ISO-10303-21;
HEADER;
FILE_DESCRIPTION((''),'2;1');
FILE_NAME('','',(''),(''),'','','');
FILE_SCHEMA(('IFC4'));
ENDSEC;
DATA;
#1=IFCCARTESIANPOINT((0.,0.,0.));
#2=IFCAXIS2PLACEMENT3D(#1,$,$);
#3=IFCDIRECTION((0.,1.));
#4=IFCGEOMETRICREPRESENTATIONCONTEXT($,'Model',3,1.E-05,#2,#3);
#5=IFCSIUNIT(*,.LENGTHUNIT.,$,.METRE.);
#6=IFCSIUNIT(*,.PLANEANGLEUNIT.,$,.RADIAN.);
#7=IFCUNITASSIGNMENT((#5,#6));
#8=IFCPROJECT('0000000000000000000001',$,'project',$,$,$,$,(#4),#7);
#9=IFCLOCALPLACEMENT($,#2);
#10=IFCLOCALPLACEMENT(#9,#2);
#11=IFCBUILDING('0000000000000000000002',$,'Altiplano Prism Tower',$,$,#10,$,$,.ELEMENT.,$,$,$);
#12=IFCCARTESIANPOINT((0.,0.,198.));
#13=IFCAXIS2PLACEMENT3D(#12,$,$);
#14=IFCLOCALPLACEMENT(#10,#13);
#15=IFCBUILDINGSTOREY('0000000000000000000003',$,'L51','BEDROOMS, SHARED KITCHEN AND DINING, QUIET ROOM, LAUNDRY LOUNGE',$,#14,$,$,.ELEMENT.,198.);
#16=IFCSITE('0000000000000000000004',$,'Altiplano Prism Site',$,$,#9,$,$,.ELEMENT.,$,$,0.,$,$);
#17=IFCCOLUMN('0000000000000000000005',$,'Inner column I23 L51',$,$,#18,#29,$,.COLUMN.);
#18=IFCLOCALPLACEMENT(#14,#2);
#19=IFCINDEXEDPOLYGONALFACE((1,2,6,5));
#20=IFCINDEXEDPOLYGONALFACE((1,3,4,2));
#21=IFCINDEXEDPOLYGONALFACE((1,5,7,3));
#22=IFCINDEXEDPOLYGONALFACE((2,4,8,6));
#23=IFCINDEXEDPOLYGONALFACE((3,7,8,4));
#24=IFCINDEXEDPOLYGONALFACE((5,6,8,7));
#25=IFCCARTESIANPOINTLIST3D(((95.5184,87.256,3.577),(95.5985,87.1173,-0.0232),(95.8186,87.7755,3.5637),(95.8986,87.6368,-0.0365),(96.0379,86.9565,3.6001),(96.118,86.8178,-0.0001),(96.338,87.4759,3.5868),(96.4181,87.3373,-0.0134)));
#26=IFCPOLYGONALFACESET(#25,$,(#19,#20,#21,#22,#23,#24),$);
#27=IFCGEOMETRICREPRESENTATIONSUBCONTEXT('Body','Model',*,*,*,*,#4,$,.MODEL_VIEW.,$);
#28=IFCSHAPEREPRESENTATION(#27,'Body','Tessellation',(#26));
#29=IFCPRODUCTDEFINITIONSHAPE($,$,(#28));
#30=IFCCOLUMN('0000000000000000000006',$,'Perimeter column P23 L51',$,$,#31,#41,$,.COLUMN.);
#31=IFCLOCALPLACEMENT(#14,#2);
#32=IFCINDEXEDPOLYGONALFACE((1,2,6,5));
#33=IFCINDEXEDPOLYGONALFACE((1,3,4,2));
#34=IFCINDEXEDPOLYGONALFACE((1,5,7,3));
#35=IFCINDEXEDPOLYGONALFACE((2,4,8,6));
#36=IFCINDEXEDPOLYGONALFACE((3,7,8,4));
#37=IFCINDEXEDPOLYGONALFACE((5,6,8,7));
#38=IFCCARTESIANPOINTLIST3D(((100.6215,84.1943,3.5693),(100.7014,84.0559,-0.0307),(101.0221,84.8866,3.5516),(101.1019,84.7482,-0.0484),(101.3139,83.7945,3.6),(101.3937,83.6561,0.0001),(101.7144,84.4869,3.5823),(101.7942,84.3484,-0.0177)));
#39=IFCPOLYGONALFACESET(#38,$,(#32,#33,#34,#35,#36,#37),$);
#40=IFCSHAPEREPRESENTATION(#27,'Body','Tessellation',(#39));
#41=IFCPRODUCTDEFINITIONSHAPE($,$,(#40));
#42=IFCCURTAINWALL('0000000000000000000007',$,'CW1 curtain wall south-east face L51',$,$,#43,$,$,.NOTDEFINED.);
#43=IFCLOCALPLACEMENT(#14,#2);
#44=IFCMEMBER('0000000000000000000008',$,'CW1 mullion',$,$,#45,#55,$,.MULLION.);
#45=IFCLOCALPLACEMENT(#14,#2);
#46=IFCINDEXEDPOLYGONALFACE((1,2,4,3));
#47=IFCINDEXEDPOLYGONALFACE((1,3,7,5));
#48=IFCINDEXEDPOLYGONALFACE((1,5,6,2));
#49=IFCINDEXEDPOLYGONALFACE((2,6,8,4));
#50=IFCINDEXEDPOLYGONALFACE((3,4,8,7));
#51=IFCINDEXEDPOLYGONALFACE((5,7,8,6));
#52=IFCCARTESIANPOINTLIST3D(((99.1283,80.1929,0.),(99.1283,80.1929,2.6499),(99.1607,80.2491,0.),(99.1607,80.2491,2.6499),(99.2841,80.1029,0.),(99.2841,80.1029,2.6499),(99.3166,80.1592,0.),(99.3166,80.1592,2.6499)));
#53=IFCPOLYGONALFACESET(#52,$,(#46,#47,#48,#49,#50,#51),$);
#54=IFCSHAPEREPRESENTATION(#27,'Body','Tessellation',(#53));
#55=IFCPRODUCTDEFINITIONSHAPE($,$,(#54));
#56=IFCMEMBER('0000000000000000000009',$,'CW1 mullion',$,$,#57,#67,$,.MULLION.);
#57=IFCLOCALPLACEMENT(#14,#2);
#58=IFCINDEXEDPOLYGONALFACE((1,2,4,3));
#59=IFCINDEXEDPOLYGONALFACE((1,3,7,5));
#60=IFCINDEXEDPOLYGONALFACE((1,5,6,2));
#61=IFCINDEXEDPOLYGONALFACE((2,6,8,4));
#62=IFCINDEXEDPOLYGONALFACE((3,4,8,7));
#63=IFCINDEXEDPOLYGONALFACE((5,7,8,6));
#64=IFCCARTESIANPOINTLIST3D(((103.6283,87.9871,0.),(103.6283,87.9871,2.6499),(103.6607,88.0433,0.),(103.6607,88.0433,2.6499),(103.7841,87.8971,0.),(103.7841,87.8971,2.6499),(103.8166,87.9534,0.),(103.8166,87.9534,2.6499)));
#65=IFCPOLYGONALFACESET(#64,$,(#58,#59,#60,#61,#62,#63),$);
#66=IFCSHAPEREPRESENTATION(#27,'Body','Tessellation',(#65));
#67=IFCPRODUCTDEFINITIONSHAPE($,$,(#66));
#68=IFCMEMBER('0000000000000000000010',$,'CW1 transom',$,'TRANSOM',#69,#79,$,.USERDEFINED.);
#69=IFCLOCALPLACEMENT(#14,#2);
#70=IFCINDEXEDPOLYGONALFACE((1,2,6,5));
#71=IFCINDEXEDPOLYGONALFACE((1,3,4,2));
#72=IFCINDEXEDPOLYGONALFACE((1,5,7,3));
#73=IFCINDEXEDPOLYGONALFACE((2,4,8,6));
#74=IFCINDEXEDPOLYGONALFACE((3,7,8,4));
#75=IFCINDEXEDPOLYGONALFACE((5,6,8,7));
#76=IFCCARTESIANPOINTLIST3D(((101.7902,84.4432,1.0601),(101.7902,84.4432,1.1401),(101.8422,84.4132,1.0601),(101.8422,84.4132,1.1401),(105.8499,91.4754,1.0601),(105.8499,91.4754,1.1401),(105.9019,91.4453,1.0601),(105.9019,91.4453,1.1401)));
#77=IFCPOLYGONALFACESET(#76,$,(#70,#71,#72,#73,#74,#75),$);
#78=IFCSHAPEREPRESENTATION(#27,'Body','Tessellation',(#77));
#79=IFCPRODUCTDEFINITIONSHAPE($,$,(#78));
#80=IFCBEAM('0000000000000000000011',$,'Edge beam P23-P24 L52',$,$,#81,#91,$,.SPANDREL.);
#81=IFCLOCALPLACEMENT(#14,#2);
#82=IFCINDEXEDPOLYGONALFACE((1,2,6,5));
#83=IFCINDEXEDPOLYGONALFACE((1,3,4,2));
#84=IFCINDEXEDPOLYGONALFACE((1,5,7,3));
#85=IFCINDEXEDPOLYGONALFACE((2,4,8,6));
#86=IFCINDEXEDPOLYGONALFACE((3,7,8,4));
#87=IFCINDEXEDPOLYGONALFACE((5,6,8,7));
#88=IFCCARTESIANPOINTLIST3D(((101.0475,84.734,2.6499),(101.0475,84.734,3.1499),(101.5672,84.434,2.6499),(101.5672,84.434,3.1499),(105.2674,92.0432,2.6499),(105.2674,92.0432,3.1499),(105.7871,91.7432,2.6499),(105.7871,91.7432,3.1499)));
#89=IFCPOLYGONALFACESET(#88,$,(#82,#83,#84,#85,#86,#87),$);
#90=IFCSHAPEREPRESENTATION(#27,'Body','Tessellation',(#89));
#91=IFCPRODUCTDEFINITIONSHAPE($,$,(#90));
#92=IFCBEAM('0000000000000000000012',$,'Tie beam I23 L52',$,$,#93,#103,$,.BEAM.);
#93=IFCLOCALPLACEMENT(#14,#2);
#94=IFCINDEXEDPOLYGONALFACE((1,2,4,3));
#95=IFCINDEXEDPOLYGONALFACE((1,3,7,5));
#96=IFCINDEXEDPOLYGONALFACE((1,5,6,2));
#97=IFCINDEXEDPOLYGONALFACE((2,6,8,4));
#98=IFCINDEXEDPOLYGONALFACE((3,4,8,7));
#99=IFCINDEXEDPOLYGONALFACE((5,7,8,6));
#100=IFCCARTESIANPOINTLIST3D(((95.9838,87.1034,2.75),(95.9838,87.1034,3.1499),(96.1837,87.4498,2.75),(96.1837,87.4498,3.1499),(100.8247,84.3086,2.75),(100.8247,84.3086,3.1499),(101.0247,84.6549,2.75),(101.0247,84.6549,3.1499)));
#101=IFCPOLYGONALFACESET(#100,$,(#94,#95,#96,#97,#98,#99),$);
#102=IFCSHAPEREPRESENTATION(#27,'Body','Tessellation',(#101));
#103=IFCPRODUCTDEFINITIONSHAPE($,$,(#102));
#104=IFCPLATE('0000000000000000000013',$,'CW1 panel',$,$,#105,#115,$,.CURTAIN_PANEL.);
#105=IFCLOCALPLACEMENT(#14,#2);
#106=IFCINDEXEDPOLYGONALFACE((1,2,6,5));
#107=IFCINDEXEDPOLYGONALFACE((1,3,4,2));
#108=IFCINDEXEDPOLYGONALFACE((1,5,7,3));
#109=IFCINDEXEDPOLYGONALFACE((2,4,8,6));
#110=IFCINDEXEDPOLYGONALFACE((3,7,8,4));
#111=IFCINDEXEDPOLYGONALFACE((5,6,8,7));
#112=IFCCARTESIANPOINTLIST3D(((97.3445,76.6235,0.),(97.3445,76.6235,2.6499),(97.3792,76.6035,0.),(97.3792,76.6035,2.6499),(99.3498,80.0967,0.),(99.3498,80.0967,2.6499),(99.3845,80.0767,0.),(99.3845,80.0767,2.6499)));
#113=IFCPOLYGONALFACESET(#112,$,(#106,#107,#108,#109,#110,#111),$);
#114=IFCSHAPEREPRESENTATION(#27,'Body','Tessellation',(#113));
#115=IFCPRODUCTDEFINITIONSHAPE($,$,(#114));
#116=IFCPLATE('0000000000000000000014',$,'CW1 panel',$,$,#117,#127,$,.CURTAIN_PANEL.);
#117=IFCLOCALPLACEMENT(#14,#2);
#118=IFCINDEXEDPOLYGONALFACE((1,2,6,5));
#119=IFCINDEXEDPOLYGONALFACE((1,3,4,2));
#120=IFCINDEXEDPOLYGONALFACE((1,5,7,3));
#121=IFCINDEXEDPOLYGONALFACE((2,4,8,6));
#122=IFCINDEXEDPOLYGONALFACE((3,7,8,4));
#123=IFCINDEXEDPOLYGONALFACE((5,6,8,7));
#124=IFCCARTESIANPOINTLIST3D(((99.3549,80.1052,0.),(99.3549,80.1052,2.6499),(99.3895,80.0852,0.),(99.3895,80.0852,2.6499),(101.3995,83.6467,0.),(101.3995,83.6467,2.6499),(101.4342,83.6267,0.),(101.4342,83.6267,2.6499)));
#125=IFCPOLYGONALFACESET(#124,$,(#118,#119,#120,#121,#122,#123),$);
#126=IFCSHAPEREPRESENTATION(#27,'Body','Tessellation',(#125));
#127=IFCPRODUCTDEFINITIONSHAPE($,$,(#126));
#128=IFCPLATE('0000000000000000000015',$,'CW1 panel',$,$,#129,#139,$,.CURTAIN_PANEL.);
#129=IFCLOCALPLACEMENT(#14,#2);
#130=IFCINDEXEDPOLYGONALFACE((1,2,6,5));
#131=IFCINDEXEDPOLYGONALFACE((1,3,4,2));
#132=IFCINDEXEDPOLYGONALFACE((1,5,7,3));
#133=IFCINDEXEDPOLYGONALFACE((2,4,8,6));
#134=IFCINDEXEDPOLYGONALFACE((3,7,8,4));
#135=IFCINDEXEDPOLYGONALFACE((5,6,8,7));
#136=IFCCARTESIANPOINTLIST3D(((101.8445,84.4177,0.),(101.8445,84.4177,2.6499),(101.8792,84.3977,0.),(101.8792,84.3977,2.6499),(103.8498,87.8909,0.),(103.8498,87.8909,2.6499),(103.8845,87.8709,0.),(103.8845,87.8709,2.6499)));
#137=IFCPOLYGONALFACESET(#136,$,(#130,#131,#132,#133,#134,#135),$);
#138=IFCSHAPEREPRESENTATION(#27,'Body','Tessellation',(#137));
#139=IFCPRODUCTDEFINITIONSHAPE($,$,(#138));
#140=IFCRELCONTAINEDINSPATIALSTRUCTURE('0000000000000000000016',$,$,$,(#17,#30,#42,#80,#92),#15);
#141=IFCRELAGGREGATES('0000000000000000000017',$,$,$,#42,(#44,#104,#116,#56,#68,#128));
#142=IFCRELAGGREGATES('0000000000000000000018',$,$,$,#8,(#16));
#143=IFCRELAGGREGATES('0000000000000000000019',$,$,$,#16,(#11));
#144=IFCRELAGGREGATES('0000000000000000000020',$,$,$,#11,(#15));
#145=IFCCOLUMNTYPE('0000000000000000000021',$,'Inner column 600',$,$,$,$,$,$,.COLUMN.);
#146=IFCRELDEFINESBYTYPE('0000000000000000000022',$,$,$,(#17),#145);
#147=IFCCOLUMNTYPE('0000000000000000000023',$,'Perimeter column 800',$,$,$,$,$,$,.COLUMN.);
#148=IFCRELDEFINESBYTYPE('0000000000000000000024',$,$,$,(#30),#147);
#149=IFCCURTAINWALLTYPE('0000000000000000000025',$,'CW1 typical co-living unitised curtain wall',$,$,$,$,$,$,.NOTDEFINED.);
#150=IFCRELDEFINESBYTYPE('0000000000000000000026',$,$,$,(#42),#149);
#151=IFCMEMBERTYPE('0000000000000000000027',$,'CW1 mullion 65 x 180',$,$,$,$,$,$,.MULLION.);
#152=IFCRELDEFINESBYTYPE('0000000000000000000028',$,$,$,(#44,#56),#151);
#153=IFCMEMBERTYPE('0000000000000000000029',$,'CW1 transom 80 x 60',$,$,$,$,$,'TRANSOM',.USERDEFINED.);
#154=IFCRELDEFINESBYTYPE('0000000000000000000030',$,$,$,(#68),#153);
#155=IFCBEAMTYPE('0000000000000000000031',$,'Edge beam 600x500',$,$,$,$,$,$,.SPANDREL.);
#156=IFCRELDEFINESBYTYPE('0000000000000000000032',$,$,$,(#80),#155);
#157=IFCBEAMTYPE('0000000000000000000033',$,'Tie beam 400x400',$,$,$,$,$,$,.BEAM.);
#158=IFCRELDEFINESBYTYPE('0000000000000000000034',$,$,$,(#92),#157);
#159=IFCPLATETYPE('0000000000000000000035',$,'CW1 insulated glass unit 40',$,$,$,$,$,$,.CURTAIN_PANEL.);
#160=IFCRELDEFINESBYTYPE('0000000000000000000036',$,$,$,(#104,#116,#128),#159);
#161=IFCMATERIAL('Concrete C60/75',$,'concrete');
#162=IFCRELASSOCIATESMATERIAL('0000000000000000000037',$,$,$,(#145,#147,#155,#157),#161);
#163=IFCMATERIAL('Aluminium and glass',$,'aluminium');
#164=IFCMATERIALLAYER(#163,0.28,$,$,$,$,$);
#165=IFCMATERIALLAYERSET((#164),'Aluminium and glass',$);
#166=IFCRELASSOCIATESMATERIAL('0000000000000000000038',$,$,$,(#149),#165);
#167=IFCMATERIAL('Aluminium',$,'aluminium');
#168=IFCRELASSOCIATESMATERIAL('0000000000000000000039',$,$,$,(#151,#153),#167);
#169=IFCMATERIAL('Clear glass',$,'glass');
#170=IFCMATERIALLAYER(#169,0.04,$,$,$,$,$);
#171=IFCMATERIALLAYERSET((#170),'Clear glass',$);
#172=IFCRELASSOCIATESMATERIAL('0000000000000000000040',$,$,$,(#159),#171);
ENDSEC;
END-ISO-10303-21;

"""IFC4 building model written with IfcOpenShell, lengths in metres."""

from ifc_helpers import new_model, si_unit, direction, frame, origin, origin_2d, place, context, subcontext, project, spatial, rectangle, extrude, material, layer, layer_set, material_profile, profile_set, type_object, element, aggregate, save


model = new_model("IFC4")

# Units and contexts
model_context = context("Model", 3, precision=1e-05, world=origin(), true_north=direction((0.0, 1.0)))
body_context = subcontext(model_context, "Body", "Model", "MODEL_VIEW")
ifc_project = project(units=[si_unit("LENGTHUNIT", "METRE"), si_unit("PLANEANGLEUNIT", "RADIAN")], contexts=[model_context])

# Site, building, storey
site_placement = place(None, origin())
site = spatial("IfcSite", under=ifc_project, at=site_placement, Name="Altiplano Prism Site", CompositionType="ELEMENT", RefElevation=0.0)
building_placement = place(site_placement, origin())
building = spatial("IfcBuilding", under=site, at=building_placement, Name="Altiplano Prism Tower", CompositionType="ELEMENT")
storey_placement = place(building_placement, frame((0.0, 0.0, 198.0)))
storey = spatial("IfcBuildingStorey", under=building, at=storey_placement, Name="L51", Description="BEDROOMS, SHARED KITCHEN AND DINING, QUIET ROOM, LAUNDRY LOUNGE", CompositionType="ELEMENT", Elevation=198.0)

# Columns
ifc_material_1 = material(Name="Concrete C60/75", Category="concrete")
ifc_material_profile_1 = material_profile(ifc_material_1, rectangle(XDim=0.6001, YDim=0.6001, at=origin_2d()), Name="Inner column 600")
ifc_profile_set_1 = profile_set([ifc_material_profile_1], Name="Concrete C60/75")
column_type_1 = type_object("IfcColumnType", Name="Inner column 600", PredefinedType="COLUMN", material=ifc_profile_set_1)
column_1_placement = place(storey_placement, frame((96.0083, 87.2273, -0.0183), z_axis=(-0.022221, 0.038481, 0.999012), x_axis=(-0.50017, -0.865642, 0.022218)))
element("IfcColumn", 1, at=column_1_placement, inside=storey, type_object=column_type_1, Name="Inner column I23 L51", PredefinedType="COLUMN", context=body_context, shape_type="SweptSolid", body=[
    extrude(rectangle(XDim=0.6001, YDim=0.6001, at=origin_2d()), origin(), (0.0, 0.0, 1.0), 3.6038),
])
ifc_material_profile_2 = material_profile(ifc_material_1, rectangle(XDim=0.8, YDim=0.8, at=origin_2d()), Name="Perimeter column 800")
ifc_profile_set_2 = profile_set([ifc_material_profile_2], Name="Concrete C60/75")
column_type_2 = type_object("IfcColumnType", Name="Perimeter column 800", PredefinedType="COLUMN", material=ifc_profile_set_2)
column_2_placement = place(storey_placement, frame((101.2478, 84.2021, -0.0242), z_axis=(-0.022155, 0.038416, 0.999016), x_axis=(-0.500653, -0.865364, 0.022173)))
element("IfcColumn", 2, at=column_2_placement, inside=storey, type_object=column_type_2, Name="Perimeter column P23 L51", PredefinedType="COLUMN", context=body_context, shape_type="SweptSolid", body=[
    extrude(rectangle(XDim=0.8, YDim=0.8, at=origin_2d()), origin(), (0.0, 0.0, 1.0), 3.6035),
])

# Curtain wall, members
ifc_material_2 = material(Name="Aluminium and glass", Category="aluminium")
ifc_layer_1 = layer(ifc_material_2, 0.28)
ifc_layer_set_1 = layer_set([ifc_layer_1], Name="Aluminium and glass")
curtain_wall_type = type_object("IfcCurtainWallType", Name="CW1 typical co-living unitised curtain wall", PredefinedType="NOTDEFINED", material=ifc_layer_set_1)
curtain_wall_placement = place(storey_placement, origin())
curtain_wall = element("IfcCurtainWall", 3, at=curtain_wall_placement, inside=storey, type_object=curtain_wall_type, Name="CW1 curtain wall south-east face L51", PredefinedType="NOTDEFINED")
ifc_material_3 = material(Name="Aluminium", Category="aluminium")
ifc_material_profile_3 = material_profile(ifc_material_3, rectangle(XDim=0.1799, YDim=0.0649, at=origin_2d()), Name="CW1 mullion 65 x 180")
ifc_profile_set_3 = profile_set([ifc_material_profile_3], Name="Aluminium")
member_type_1 = type_object("IfcMemberType", Name="CW1 mullion 65 x 180", PredefinedType="MULLION", material=ifc_profile_set_3)
member_1_placement = place(storey_placement, frame((99.2224, 80.176, 0.0), z_axis=(0.0, 0.0, 1.0), x_axis=(-0.866025, 0.5, 0.0)))
member_1 = element("IfcMember", 4, at=member_1_placement, type_object=member_type_1, Name="CW1 mullion", PredefinedType="MULLION", context=body_context, shape_type="SweptSolid", body=[
    extrude(rectangle(XDim=0.1799, YDim=0.0649, at=origin_2d()), origin(), (0.0, 0.0, 1.0), 2.6499),
])
member_2_placement = place(storey_placement, frame((103.7224, 87.9702, 0.0), z_axis=(0.0, 0.0, 1.0), x_axis=(-0.866025, 0.5, 0.0)))
member_2 = element("IfcMember", 5, at=member_2_placement, type_object=member_type_1, Name="CW1 mullion", PredefinedType="MULLION", context=body_context, shape_type="SweptSolid", body=[
    extrude(rectangle(XDim=0.1799, YDim=0.0649, at=origin_2d()), origin(), (0.0, 0.0, 1.0), 2.6499),
])
ifc_material_profile_4 = material_profile(ifc_material_3, rectangle(XDim=0.0601, YDim=0.0801, at=origin_2d()), Name="CW1 transom 80 x 60")
ifc_profile_set_4 = profile_set([ifc_material_profile_4], Name="Aluminium")
member_type_2 = type_object("IfcMemberType", Name="CW1 transom 80 x 60", ElementType="TRANSOM", PredefinedType="USERDEFINED", material=ifc_profile_set_4)
member_3_placement = place(storey_placement, frame((101.8162, 84.4282, 1.1001), z_axis=(0.499978, 0.866038, 0.0), x_axis=(-0.866038, 0.499978, 0.0)))
member_3 = element("IfcMember", 6, at=member_3_placement, type_object=member_type_2, Name="CW1 transom", ObjectType="TRANSOM", PredefinedType="USERDEFINED", context=body_context, shape_type="SweptSolid", body=[
    extrude(rectangle(XDim=0.0601, YDim=0.0801, at=origin_2d()), origin(), (0.0, 0.0, 1.0), 8.1199),
])

# Beams
ifc_material_profile_5 = material_profile(ifc_material_1, rectangle(XDim=0.6001, YDim=0.5, at=origin_2d()), Name="Edge beam 600x500")
ifc_profile_set_5 = profile_set([ifc_material_profile_5], Name="Concrete C60/75")
beam_type_1 = type_object("IfcBeamType", Name="Edge beam 600x500", PredefinedType="SPANDREL", material=ifc_profile_set_5)
beam_1_placement = place(storey_placement, frame((101.3074, 84.584, 2.8999), z_axis=(0.499994, 0.866029, 0.0), x_axis=(-0.866029, 0.499994, 0.0)))
element("IfcBeam", 7, at=beam_1_placement, inside=storey, type_object=beam_type_1, Name="Edge beam P23-P24 L52", PredefinedType="SPANDREL", context=body_context, shape_type="SweptSolid", body=[
    extrude(rectangle(XDim=0.6001, YDim=0.5, at=origin_2d()), origin(), (0.0, 0.0, 1.0), 8.4399),
])
ifc_material_profile_6 = material_profile(ifc_material_1, rectangle(XDim=0.3999, YDim=0.3999, at=origin_2d()), Name="Tie beam 400x400")
ifc_profile_set_6 = profile_set([ifc_material_profile_6], Name="Concrete C60/75")
beam_type_2 = type_object("IfcBeamType", Name="Tie beam 400x400", PredefinedType="BEAM", material=ifc_profile_set_6)
beam_2_placement = place(storey_placement, frame((96.0837, 87.2766, 2.95), z_axis=(0.866031, -0.499991, 0.0), x_axis=(0.499991, 0.866031, 0.0)))
element("IfcBeam", 8, at=beam_2_placement, inside=storey, type_object=beam_type_2, Name="Tie beam I23 L52", PredefinedType="BEAM", context=body_context, shape_type="SweptSolid", body=[
    extrude(rectangle(XDim=0.3999, YDim=0.3999, at=origin_2d()), origin(), (0.0, 0.0, 1.0), 5.5898),
])

# Plates
ifc_material_4 = material(Name="Clear glass", Category="glass")
ifc_layer_2 = layer(ifc_material_4, 0.04)
ifc_layer_set_2 = layer_set([ifc_layer_2], Name="Clear glass")
plate_type = type_object("IfcPlateType", Name="CW1 insulated glass unit 40", PredefinedType="CURTAIN_PANEL", material=ifc_layer_set_2)
plate_1_placement = place(storey_placement, frame((98.3645, 78.3501, 0.0), z_axis=(0.0, 0.0, 1.0), x_axis=(0.5, 0.866025, 0.0)))
plate_1 = element("IfcPlate", 9, at=plate_1_placement, type_object=plate_type, Name="CW1 panel", PredefinedType="CURTAIN_PANEL", context=body_context, shape_type="SweptSolid", body=[
    extrude(rectangle(XDim=4.0105, YDim=0.04, at=origin_2d()), origin(), (0.0, 0.0, 1.0), 2.6499),
])
plate_2_placement = place(storey_placement, frame((100.3945, 81.866, 0.0), z_axis=(0.0, 0.0, 1.0), x_axis=(0.5, 0.866025, 0.0)))
plate_2 = element("IfcPlate", 10, at=plate_2_placement, type_object=plate_type, Name="CW1 panel", PredefinedType="CURTAIN_PANEL", context=body_context, shape_type="SweptSolid", body=[
    extrude(rectangle(XDim=4.0894, YDim=0.04, at=origin_2d()), origin(), (0.0, 0.0, 1.0), 2.6499),
])
plate_3_placement = place(storey_placement, frame((102.8645, 86.1443, 0.0), z_axis=(0.0, 0.0, 1.0), x_axis=(0.5, 0.866025, 0.0)))
plate_3 = element("IfcPlate", 11, at=plate_3_placement, type_object=plate_type, Name="CW1 panel", PredefinedType="CURTAIN_PANEL", context=body_context, shape_type="SweptSolid", body=[
    extrude(rectangle(XDim=4.0105, YDim=0.04, at=origin_2d()), origin(), (0.0, 0.0, 1.0), 2.6499),
])
aggregate(curtain_wall, [member_1, plate_1, plate_2, member_2, member_3, plate_3])

save(model, "model.ifc")
